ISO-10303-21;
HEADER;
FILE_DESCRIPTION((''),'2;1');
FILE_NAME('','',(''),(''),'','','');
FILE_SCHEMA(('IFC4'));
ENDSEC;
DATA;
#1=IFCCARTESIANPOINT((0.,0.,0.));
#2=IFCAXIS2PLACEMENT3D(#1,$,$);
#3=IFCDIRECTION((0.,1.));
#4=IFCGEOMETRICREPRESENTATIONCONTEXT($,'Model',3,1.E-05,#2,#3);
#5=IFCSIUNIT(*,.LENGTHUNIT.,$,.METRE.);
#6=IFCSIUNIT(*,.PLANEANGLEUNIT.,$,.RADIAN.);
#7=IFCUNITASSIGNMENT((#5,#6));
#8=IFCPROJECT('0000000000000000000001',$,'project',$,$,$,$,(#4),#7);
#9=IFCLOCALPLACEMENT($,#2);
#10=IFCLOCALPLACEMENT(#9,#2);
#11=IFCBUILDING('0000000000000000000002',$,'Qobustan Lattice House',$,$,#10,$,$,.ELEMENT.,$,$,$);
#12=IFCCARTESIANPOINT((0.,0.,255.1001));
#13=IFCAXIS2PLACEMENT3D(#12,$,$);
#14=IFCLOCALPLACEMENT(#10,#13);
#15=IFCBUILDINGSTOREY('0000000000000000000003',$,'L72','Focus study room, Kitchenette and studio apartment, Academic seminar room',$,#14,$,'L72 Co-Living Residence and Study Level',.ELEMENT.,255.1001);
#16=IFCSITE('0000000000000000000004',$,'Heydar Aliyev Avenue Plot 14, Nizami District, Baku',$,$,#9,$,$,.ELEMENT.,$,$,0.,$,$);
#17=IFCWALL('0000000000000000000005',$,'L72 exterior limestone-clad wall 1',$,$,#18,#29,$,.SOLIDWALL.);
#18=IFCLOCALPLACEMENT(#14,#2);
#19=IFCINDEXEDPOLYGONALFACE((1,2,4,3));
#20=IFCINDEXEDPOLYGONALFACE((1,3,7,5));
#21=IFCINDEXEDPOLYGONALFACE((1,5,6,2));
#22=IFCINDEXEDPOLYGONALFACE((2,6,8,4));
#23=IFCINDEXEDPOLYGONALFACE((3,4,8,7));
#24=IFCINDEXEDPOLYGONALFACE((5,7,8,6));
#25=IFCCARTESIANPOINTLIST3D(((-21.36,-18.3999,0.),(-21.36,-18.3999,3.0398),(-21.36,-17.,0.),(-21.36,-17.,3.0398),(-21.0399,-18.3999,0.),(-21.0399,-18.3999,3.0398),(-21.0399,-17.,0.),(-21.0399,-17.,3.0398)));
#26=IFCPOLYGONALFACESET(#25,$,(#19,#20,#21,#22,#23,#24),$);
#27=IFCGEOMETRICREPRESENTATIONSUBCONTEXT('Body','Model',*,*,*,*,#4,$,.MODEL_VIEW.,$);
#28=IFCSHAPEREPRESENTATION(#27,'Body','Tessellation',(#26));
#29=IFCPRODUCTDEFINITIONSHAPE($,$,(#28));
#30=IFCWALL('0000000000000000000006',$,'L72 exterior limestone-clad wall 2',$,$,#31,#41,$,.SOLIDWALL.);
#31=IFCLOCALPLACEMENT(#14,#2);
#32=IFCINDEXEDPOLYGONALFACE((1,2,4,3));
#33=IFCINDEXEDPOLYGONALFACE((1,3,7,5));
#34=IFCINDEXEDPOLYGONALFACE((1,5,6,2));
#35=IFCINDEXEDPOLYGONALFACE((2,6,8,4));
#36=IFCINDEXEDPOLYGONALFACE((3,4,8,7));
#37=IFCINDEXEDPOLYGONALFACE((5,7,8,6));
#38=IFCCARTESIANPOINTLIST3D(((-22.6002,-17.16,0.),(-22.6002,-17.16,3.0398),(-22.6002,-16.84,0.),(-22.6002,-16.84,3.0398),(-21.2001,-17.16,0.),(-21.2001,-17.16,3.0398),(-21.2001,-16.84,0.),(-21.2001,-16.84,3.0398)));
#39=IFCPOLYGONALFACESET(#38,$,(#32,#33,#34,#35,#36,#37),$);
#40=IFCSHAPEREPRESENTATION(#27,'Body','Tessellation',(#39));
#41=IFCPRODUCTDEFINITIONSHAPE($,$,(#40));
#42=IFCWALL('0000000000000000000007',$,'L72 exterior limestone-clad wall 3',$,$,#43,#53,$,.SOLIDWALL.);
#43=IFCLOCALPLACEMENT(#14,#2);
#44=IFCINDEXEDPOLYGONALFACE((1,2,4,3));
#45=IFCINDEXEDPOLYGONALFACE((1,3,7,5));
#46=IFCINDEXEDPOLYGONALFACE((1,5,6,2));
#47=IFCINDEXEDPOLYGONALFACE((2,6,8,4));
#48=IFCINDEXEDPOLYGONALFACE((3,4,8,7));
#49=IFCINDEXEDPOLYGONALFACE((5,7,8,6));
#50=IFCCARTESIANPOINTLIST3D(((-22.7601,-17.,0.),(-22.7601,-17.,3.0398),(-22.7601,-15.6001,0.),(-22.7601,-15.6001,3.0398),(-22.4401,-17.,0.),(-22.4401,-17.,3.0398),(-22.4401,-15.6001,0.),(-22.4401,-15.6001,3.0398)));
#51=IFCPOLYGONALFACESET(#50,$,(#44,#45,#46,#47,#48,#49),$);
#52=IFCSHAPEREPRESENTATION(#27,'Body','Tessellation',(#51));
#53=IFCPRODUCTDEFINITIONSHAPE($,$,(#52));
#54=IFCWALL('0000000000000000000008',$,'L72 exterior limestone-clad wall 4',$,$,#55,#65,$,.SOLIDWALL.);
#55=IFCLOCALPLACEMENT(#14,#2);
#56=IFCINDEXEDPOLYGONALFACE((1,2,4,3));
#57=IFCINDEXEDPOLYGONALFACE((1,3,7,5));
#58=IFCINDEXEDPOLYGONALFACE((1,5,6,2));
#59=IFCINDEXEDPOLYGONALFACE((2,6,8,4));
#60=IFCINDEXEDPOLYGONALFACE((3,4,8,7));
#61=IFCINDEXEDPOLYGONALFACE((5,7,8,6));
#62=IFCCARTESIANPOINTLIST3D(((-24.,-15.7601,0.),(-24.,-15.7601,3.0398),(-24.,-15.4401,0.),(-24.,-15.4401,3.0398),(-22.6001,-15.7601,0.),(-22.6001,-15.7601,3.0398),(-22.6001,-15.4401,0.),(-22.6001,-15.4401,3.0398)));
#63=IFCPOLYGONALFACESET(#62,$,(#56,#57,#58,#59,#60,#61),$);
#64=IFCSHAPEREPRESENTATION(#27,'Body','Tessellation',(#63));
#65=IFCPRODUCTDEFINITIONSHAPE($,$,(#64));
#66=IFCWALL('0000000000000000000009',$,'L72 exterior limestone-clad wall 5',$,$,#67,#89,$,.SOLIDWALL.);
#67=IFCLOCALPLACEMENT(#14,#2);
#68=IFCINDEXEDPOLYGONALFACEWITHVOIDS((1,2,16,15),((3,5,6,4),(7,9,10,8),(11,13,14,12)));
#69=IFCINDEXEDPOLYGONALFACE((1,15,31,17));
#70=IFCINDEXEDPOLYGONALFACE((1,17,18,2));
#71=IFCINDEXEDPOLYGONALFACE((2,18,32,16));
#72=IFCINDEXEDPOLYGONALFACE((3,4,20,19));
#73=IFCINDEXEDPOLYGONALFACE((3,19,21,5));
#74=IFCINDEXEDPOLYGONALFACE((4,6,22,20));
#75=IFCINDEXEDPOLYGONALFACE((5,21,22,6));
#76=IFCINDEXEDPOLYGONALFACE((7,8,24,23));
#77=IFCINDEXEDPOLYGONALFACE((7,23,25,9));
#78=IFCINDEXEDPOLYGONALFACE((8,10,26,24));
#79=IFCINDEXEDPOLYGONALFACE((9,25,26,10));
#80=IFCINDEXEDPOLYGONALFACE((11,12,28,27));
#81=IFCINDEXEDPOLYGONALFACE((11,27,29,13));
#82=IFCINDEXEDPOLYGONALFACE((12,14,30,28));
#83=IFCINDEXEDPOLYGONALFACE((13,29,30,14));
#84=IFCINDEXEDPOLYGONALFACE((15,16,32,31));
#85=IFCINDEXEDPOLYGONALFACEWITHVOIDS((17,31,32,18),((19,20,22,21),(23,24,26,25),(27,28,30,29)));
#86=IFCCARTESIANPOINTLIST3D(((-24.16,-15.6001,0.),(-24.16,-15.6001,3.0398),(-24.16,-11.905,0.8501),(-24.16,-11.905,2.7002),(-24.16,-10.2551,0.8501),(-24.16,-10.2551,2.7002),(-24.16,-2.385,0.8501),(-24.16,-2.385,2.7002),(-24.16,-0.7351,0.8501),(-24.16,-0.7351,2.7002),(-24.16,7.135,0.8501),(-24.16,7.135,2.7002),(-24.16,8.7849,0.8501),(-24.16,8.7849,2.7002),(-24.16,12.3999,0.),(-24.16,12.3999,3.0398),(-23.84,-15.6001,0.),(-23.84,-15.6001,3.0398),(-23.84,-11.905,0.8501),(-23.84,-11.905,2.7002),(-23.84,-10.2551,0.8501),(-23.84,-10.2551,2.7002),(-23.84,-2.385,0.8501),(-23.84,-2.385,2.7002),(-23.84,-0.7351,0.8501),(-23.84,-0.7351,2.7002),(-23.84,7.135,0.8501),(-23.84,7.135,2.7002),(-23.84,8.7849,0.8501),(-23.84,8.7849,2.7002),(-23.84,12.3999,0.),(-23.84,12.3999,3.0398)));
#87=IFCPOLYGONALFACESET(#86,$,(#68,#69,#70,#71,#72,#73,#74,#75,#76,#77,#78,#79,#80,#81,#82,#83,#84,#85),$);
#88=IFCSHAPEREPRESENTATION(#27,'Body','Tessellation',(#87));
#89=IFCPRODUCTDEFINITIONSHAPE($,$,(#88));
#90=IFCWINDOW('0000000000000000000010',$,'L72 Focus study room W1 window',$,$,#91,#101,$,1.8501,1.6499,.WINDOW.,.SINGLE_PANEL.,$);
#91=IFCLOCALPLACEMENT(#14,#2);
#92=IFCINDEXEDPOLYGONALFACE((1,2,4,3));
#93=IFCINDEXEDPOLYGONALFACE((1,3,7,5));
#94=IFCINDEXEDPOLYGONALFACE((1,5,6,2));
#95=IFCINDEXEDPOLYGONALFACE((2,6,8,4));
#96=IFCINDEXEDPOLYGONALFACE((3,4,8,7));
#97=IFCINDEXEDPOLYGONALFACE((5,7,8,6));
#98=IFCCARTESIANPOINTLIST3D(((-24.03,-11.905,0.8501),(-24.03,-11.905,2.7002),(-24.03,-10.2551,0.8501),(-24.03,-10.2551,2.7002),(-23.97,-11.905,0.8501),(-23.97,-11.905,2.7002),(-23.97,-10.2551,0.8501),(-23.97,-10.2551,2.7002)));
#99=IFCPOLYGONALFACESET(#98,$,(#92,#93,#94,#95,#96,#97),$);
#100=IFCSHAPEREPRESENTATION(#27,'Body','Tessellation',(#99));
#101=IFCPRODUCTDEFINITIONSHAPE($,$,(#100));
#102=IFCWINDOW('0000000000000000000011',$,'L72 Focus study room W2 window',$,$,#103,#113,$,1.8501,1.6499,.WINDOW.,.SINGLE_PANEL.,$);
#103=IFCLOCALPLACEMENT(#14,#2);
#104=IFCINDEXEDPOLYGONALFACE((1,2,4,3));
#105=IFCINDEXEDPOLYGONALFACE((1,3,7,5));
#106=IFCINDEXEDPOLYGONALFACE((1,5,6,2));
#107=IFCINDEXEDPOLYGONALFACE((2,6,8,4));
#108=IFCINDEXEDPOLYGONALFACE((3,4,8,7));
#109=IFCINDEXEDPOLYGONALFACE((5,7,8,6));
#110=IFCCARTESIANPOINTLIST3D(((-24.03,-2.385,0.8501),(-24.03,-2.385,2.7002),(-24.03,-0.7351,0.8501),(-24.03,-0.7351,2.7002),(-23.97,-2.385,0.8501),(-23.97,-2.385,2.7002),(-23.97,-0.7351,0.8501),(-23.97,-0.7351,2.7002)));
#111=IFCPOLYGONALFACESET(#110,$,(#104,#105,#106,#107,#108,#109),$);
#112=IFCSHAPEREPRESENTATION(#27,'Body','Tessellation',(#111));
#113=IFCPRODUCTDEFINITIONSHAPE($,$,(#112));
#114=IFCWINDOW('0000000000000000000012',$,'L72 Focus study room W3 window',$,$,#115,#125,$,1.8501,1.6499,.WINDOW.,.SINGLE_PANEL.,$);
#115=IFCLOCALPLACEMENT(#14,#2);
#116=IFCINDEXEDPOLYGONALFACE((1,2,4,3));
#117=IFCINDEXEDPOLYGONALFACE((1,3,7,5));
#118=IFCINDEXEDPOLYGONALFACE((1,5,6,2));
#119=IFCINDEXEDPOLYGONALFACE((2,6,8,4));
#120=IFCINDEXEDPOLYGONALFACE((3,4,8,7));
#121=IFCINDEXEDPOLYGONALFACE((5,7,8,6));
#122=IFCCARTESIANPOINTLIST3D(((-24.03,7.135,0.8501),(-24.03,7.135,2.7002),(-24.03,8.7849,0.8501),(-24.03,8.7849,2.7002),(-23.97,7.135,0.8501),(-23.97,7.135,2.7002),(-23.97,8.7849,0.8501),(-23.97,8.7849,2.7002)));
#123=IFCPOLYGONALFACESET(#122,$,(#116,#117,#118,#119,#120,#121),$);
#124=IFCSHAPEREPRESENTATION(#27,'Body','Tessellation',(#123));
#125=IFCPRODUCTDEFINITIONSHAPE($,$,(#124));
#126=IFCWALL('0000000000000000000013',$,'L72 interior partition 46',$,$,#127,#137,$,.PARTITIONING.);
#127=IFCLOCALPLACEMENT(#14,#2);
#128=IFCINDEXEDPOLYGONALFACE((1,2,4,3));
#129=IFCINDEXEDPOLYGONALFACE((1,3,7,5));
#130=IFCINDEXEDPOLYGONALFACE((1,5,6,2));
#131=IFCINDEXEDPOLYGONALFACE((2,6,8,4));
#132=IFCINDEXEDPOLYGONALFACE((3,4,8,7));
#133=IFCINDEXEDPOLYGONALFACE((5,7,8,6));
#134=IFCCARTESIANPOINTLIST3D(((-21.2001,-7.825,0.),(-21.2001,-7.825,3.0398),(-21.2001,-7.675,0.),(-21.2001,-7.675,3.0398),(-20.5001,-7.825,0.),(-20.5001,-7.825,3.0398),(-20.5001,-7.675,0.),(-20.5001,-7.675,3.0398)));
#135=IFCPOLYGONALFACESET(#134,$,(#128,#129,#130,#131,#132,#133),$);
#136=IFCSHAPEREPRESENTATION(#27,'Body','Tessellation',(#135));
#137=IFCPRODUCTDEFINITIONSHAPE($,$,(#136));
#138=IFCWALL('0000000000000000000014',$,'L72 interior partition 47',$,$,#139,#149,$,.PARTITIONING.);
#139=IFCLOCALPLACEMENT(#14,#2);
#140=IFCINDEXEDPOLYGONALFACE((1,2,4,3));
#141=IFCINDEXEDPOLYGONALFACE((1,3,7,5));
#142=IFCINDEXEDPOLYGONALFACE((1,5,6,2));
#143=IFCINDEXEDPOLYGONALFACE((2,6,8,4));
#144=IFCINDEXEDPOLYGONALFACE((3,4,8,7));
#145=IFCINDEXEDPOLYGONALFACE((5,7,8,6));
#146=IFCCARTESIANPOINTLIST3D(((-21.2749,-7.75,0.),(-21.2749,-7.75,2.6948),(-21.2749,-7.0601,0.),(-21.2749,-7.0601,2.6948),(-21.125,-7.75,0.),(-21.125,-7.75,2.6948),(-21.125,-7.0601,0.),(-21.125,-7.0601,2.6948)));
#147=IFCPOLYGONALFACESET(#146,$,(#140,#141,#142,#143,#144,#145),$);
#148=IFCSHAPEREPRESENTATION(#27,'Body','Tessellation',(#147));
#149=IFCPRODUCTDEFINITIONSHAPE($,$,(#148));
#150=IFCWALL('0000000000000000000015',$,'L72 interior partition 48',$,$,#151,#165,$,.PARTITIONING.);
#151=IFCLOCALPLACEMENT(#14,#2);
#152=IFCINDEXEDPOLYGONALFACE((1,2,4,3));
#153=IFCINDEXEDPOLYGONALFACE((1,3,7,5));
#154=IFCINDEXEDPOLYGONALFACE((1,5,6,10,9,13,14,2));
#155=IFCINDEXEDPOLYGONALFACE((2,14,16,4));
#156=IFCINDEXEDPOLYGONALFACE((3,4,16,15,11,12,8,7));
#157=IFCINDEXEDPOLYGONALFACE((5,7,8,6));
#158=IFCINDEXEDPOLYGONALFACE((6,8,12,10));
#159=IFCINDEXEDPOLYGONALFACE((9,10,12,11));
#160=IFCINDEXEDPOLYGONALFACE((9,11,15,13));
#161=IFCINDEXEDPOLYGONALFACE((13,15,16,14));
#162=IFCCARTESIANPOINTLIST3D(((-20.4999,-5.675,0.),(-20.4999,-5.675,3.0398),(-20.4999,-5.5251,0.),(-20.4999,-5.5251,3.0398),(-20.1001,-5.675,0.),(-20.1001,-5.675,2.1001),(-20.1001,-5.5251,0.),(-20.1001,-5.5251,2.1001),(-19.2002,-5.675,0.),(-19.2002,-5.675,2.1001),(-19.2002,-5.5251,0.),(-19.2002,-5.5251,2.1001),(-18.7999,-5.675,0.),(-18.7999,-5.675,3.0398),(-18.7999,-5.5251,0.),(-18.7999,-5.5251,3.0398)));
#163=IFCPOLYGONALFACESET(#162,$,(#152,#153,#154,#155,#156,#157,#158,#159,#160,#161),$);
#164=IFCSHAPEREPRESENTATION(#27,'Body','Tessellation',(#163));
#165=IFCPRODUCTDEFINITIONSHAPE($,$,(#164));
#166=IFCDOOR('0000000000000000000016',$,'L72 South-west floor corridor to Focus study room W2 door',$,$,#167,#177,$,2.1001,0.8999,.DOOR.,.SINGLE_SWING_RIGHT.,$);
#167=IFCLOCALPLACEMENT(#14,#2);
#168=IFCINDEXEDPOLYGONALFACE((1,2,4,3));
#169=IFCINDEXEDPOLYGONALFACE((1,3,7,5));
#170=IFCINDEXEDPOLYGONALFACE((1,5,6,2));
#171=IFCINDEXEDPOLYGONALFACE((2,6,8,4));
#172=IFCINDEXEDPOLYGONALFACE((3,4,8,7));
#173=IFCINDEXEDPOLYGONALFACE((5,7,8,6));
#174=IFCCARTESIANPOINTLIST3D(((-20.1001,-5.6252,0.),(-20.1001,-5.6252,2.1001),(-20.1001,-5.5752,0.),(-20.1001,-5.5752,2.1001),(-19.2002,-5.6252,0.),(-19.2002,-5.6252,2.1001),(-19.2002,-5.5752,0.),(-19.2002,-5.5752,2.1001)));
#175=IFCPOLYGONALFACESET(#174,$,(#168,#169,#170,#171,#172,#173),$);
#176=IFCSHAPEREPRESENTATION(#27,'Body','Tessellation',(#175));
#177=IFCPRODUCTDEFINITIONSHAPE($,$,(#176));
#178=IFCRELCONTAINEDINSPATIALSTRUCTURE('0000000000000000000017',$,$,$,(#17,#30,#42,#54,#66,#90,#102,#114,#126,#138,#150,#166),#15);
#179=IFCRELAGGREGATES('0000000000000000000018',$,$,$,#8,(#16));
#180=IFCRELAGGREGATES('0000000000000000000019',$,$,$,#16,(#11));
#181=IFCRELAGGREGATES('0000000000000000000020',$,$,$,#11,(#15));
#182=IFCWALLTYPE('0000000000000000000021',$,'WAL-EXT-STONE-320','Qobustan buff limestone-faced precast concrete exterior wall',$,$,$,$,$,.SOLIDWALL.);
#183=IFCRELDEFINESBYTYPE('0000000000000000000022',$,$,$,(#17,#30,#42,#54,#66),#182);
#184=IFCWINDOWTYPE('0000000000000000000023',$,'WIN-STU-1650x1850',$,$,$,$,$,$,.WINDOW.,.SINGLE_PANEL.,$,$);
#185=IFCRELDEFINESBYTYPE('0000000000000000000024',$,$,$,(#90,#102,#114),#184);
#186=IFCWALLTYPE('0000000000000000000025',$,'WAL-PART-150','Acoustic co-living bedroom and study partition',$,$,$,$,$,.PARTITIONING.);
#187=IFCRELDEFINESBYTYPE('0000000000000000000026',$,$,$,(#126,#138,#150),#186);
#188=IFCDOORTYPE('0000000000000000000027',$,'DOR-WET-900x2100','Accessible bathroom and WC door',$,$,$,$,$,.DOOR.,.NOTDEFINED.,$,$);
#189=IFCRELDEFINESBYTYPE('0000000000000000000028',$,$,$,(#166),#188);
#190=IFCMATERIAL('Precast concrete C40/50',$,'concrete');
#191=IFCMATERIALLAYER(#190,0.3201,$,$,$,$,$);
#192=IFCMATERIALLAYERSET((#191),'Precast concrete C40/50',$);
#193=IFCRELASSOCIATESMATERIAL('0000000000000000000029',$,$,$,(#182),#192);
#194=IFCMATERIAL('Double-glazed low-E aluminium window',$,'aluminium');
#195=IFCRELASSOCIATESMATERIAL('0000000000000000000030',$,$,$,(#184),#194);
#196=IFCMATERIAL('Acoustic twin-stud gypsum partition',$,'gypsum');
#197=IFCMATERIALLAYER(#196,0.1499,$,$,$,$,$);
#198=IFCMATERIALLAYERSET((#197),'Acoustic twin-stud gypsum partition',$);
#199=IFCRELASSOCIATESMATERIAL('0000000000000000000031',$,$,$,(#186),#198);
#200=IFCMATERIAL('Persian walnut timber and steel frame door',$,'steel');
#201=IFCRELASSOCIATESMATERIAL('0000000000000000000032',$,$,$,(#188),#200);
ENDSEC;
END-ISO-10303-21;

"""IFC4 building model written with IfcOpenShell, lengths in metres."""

from ifc_helpers import new_model, si_unit, direction, frame, frame_2d, origin, place, context, subcontext, project, spatial, rectangle, extrude, material, layer, layer_set, type_object, element, fill, save


model = new_model("IFC4")

# Units and contexts
model_context = context("Model", 3, precision=1e-05, world=origin(), true_north=direction((0.0, 1.0)))
body_context = subcontext(model_context, "Body", "Model", "MODEL_VIEW")
ifc_project = project(units=[si_unit("LENGTHUNIT", "METRE"), si_unit("PLANEANGLEUNIT", "RADIAN")], contexts=[model_context])

# Site, building, storey
site_placement = place(None, origin())
site = spatial("IfcSite", under=ifc_project, at=site_placement, Name="Heydar Aliyev Avenue Plot 14, Nizami District, Baku", CompositionType="ELEMENT", RefElevation=0.0)
building_placement = place(site_placement, origin())
building = spatial("IfcBuilding", under=site, at=building_placement, Name="Qobustan Lattice House", CompositionType="ELEMENT")
storey_placement = place(building_placement, frame((0.0, 0.0, 255.1001)))
storey = spatial("IfcBuildingStorey", under=building, at=storey_placement, Name="L72", Description="Focus study room, Kitchenette and studio apartment, Academic seminar room", LongName="L72 Co-Living Residence and Study Level", CompositionType="ELEMENT", Elevation=255.1001)

# Walls
ifc_material_1 = material(Name="Precast concrete C40/50", Category="concrete")
ifc_layer_1 = layer(ifc_material_1, 0.3201)
ifc_layer_set_1 = layer_set([ifc_layer_1], Name="Precast concrete C40/50")
wall_type_1 = type_object("IfcWallType", Name="WAL-EXT-STONE-320", Description="Qobustan buff limestone-faced precast concrete exterior wall", PredefinedType="SOLIDWALL", material=ifc_layer_set_1)
wall_1_placement = place(storey_placement, frame((-21.2, -18.3999, 0.0), z_axis=(0.0, 0.0, 1.0), x_axis=(0.0, 1.0, 0.0)))
element("IfcWall", 1, at=wall_1_placement, inside=storey, type_object=wall_type_1, Name="L72 exterior limestone-clad wall 1", PredefinedType="SOLIDWALL", context=body_context, shape_type="SweptSolid", body=[
    extrude(rectangle(XDim=1.3999, YDim=0.3201, at=frame_2d((0.7, 0.0))), origin(), (0.0, 0.0, 1.0), 3.0398),
])
wall_2_placement = place(storey_placement, frame((-21.2, -17.0, 0.0), z_axis=(0.0, 0.0, 1.0), x_axis=(-1.0, 0.0, 0.0)))
element("IfcWall", 2, at=wall_2_placement, inside=storey, type_object=wall_type_1, Name="L72 exterior limestone-clad wall 2", PredefinedType="SOLIDWALL", context=body_context, shape_type="SweptSolid", body=[
    extrude(rectangle(XDim=1.4001, YDim=0.3201, at=frame_2d((0.7002, 0.0))), origin(), (0.0, 0.0, 1.0), 3.0398),
])
for number, where, z_axis, x_axis, name in (
    (3, (-22.6001, -17.0, 0.0), (0.0, 0.0, 1.0), (0.0, 1.0, 0.0), "L72 exterior limestone-clad wall 3"),
    (4, (-22.6001, -15.6001, 0.0), (0.0, 0.0, 1.0), (-1.0, 0.0, 0.0), "L72 exterior limestone-clad wall 4"),
):
    element("IfcWall", number, at=place(storey_placement, frame(where, z_axis=z_axis, x_axis=x_axis)), inside=storey, type_object=wall_type_1, Name=name, PredefinedType="SOLIDWALL", context=body_context, shape_type="SweptSolid", body=[
        extrude(rectangle(XDim=1.3999, YDim=0.3201, at=frame_2d((0.7, 0.0))), origin(), (0.0, 0.0, 1.0), 3.0398),
    ])

# Wall, openings, windows
wall_3_placement = place(storey_placement, frame((-24.0, -15.6001, 0.0), z_axis=(0.0, 0.0, 1.0), x_axis=(0.0, 1.0, 0.0)))
wall_3 = element("IfcWall", 5, at=wall_3_placement, inside=storey, type_object=wall_type_1, Name="L72 exterior limestone-clad wall 5", PredefinedType="SOLIDWALL", context=body_context, shape_type="SweptSolid", body=[
    extrude(rectangle(XDim=28.0, YDim=0.3201, at=frame_2d((14.0, 0.0))), origin(), (0.0, 0.0, 1.0), 3.0398),
])
opening_1_placement = place(wall_3_placement, frame((3.6951, 0.0, 0.8501)))
opening_1 = element("IfcOpeningElement", 6, at=opening_1_placement, cuts=wall_3, PredefinedType="OPENING", context=body_context, shape_type="SweptSolid", body=[
    extrude(rectangle(XDim=1.6499, YDim=1.8501, at=frame_2d((0.825, 0.925))), frame((0.0, 0.1699, 0.0), z_axis=(0.0, -1.0, 0.0), x_axis=(1.0, 0.0, 0.0)), (0.0, 0.0, 1.0), 0.3401),
])
opening_2_placement = place(wall_3_placement, frame((13.2151, 0.0, 0.8501)))
opening_2 = element("IfcOpeningElement", 7, at=opening_2_placement, cuts=wall_3, PredefinedType="OPENING", context=body_context, shape_type="SweptSolid", body=[
    extrude(rectangle(XDim=1.6499, YDim=1.8501, at=frame_2d((0.825, 0.925))), frame((0.0, 0.1699, 0.0), z_axis=(0.0, -1.0, 0.0), x_axis=(1.0, 0.0, 0.0)), (0.0, 0.0, 1.0), 0.3401),
])
opening_3_placement = place(wall_3_placement, frame((22.7351, 0.0, 0.8501)))
opening_3 = element("IfcOpeningElement", 8, at=opening_3_placement, cuts=wall_3, PredefinedType="OPENING", context=body_context, shape_type="SweptSolid", body=[
    extrude(rectangle(XDim=1.6499, YDim=1.8501, at=frame_2d((0.825, 0.925))), frame((0.0, 0.1699, 0.0), z_axis=(0.0, -1.0, 0.0), x_axis=(1.0, 0.0, 0.0)), (0.0, 0.0, 1.0), 0.3401),
])
ifc_material_2 = material(Name="Double-glazed low-E aluminium window", Category="aluminium")
window_type = type_object("IfcWindowType", Name="WIN-STU-1650x1850", PartitioningType="SINGLE_PANEL", PredefinedType="WINDOW", material=ifc_material_2)
window_1_placement = place(opening_1_placement, origin())
window_1 = element("IfcWindow", 9, at=window_1_placement, inside=storey, type_object=window_type, Name="L72 Focus study room W1 window", OverallHeight=1.8501, OverallWidth=1.6499, PartitioningType="SINGLE_PANEL", PredefinedType="WINDOW", context=body_context, shape_type="SweptSolid", body=[
    extrude(rectangle(XDim=1.6499, YDim=1.8501, at=frame_2d((0.825, 0.925))), frame((0.0, 0.03, 0.0), z_axis=(0.0, -1.0, 0.0), x_axis=(1.0, 0.0, 0.0)), (0.0, 0.0, 1.0), 0.0601),
])
fill(opening_1, window_1)
window_2_placement = place(opening_2_placement, origin())
window_2 = element("IfcWindow", 10, at=window_2_placement, inside=storey, type_object=window_type, Name="L72 Focus study room W2 window", OverallHeight=1.8501, OverallWidth=1.6499, PartitioningType="SINGLE_PANEL", PredefinedType="WINDOW", context=body_context, shape_type="SweptSolid", body=[
    extrude(rectangle(XDim=1.6499, YDim=1.8501, at=frame_2d((0.825, 0.925))), frame((0.0, 0.03, 0.0), z_axis=(0.0, -1.0, 0.0), x_axis=(1.0, 0.0, 0.0)), (0.0, 0.0, 1.0), 0.0601),
])
fill(opening_2, window_2)
window_3_placement = place(opening_3_placement, origin())
window_3 = element("IfcWindow", 11, at=window_3_placement, inside=storey, type_object=window_type, Name="L72 Focus study room W3 window", OverallHeight=1.8501, OverallWidth=1.6499, PartitioningType="SINGLE_PANEL", PredefinedType="WINDOW", context=body_context, shape_type="SweptSolid", body=[
    extrude(rectangle(XDim=1.6499, YDim=1.8501, at=frame_2d((0.825, 0.925))), frame((0.0, 0.03, 0.0), z_axis=(0.0, -1.0, 0.0), x_axis=(1.0, 0.0, 0.0)), (0.0, 0.0, 1.0), 0.0601),
])
fill(opening_3, window_3)

# Walls
ifc_material_3 = material(Name="Acoustic twin-stud gypsum partition", Category="gypsum")
ifc_layer_2 = layer(ifc_material_3, 0.1499)
ifc_layer_set_2 = layer_set([ifc_layer_2], Name="Acoustic twin-stud gypsum partition")
wall_type_2 = type_object("IfcWallType", Name="WAL-PART-150", Description="Acoustic co-living bedroom and study partition", PredefinedType="PARTITIONING", material=ifc_layer_set_2)
wall_4_placement = place(storey_placement, frame((-20.5, -7.75, 0.0), z_axis=(0.0, 0.0, 1.0), x_axis=(-1.0, 0.0, 0.0)))
element("IfcWall", 12, at=wall_4_placement, inside=storey, type_object=wall_type_2, Name="L72 interior partition 46", PredefinedType="PARTITIONING", context=body_context, shape_type="SweptSolid", body=[
    extrude(rectangle(XDim=0.7, YDim=0.1499, at=frame_2d((0.3501, 0.0))), origin(), (0.0, 0.0, 1.0), 3.0398),
])
wall_5_placement = place(storey_placement, frame((-21.2, -7.75, 0.0), z_axis=(0.0, 0.0, 1.0), x_axis=(0.0, 1.0, 0.0)))
element("IfcWall", 13, at=wall_5_placement, inside=storey, type_object=wall_type_2, Name="L72 interior partition 47", PredefinedType="PARTITIONING", context=body_context, shape_type="SweptSolid", body=[
    extrude(rectangle(XDim=0.6899, YDim=0.1499, at=frame_2d((0.345, 0.0))), origin(), (0.0, 0.0, 1.0), 2.6948),
])

# Wall, opening, door
wall_6_placement = place(storey_placement, frame((-20.5, -5.6001, 0.0), z_axis=(0.0, 0.0, 1.0), x_axis=(1.0, 0.0, 0.0)))
wall_6 = element("IfcWall", 14, at=wall_6_placement, inside=storey, type_object=wall_type_2, Name="L72 interior partition 48", PredefinedType="PARTITIONING", context=body_context, shape_type="SweptSolid", body=[
    extrude(rectangle(XDim=1.7, YDim=0.1499, at=frame_2d((0.8501, 0.0))), origin(), (0.0, 0.0, 1.0), 3.0398),
])
opening_4_placement = place(wall_6_placement, frame((0.3999, 0.0, 0.0)))
opening_4 = element("IfcOpeningElement", 15, at=opening_4_placement, cuts=wall_6, PredefinedType="OPENING", context=body_context, shape_type="SweptSolid", body=[
    extrude(rectangle(XDim=0.8999, YDim=2.1001, at=frame_2d((0.45, 1.05))), frame((0.0, 0.085, 0.0), z_axis=(0.0, -1.0, 0.0), x_axis=(1.0, 0.0, 0.0)), (0.0, 0.0, 1.0), 0.1699),
])
ifc_material_4 = material(Name="Persian walnut timber and steel frame door", Category="steel")
door_type_1 = type_object("IfcDoorType", Name="DOR-WET-900x2100", Description="Accessible bathroom and WC door", OperationType="NOTDEFINED", PredefinedType="DOOR", material=ifc_material_4)
door_1_placement = place(opening_4_placement, origin())
door_1 = element("IfcDoor", 16, at=door_1_placement, inside=storey, type_object=door_type_1, Name="L72 South-west floor corridor to Focus study room W2 door", OperationType="SINGLE_SWING_RIGHT", OverallHeight=2.1001, OverallWidth=0.8999, PredefinedType="DOOR", context=body_context, shape_type="SweptSolid", body=[
    extrude(rectangle(XDim=0.8999, YDim=2.1001, at=frame_2d((0.45, 1.05))), frame((0.0, 0.0249, 0.0), z_axis=(0.0, -1.0, 0.0), x_axis=(1.0, 0.0, 0.0)), (0.0, 0.0, 1.0), 0.05),
])
fill(opening_4, door_1)

save(model, "model.ifc")
